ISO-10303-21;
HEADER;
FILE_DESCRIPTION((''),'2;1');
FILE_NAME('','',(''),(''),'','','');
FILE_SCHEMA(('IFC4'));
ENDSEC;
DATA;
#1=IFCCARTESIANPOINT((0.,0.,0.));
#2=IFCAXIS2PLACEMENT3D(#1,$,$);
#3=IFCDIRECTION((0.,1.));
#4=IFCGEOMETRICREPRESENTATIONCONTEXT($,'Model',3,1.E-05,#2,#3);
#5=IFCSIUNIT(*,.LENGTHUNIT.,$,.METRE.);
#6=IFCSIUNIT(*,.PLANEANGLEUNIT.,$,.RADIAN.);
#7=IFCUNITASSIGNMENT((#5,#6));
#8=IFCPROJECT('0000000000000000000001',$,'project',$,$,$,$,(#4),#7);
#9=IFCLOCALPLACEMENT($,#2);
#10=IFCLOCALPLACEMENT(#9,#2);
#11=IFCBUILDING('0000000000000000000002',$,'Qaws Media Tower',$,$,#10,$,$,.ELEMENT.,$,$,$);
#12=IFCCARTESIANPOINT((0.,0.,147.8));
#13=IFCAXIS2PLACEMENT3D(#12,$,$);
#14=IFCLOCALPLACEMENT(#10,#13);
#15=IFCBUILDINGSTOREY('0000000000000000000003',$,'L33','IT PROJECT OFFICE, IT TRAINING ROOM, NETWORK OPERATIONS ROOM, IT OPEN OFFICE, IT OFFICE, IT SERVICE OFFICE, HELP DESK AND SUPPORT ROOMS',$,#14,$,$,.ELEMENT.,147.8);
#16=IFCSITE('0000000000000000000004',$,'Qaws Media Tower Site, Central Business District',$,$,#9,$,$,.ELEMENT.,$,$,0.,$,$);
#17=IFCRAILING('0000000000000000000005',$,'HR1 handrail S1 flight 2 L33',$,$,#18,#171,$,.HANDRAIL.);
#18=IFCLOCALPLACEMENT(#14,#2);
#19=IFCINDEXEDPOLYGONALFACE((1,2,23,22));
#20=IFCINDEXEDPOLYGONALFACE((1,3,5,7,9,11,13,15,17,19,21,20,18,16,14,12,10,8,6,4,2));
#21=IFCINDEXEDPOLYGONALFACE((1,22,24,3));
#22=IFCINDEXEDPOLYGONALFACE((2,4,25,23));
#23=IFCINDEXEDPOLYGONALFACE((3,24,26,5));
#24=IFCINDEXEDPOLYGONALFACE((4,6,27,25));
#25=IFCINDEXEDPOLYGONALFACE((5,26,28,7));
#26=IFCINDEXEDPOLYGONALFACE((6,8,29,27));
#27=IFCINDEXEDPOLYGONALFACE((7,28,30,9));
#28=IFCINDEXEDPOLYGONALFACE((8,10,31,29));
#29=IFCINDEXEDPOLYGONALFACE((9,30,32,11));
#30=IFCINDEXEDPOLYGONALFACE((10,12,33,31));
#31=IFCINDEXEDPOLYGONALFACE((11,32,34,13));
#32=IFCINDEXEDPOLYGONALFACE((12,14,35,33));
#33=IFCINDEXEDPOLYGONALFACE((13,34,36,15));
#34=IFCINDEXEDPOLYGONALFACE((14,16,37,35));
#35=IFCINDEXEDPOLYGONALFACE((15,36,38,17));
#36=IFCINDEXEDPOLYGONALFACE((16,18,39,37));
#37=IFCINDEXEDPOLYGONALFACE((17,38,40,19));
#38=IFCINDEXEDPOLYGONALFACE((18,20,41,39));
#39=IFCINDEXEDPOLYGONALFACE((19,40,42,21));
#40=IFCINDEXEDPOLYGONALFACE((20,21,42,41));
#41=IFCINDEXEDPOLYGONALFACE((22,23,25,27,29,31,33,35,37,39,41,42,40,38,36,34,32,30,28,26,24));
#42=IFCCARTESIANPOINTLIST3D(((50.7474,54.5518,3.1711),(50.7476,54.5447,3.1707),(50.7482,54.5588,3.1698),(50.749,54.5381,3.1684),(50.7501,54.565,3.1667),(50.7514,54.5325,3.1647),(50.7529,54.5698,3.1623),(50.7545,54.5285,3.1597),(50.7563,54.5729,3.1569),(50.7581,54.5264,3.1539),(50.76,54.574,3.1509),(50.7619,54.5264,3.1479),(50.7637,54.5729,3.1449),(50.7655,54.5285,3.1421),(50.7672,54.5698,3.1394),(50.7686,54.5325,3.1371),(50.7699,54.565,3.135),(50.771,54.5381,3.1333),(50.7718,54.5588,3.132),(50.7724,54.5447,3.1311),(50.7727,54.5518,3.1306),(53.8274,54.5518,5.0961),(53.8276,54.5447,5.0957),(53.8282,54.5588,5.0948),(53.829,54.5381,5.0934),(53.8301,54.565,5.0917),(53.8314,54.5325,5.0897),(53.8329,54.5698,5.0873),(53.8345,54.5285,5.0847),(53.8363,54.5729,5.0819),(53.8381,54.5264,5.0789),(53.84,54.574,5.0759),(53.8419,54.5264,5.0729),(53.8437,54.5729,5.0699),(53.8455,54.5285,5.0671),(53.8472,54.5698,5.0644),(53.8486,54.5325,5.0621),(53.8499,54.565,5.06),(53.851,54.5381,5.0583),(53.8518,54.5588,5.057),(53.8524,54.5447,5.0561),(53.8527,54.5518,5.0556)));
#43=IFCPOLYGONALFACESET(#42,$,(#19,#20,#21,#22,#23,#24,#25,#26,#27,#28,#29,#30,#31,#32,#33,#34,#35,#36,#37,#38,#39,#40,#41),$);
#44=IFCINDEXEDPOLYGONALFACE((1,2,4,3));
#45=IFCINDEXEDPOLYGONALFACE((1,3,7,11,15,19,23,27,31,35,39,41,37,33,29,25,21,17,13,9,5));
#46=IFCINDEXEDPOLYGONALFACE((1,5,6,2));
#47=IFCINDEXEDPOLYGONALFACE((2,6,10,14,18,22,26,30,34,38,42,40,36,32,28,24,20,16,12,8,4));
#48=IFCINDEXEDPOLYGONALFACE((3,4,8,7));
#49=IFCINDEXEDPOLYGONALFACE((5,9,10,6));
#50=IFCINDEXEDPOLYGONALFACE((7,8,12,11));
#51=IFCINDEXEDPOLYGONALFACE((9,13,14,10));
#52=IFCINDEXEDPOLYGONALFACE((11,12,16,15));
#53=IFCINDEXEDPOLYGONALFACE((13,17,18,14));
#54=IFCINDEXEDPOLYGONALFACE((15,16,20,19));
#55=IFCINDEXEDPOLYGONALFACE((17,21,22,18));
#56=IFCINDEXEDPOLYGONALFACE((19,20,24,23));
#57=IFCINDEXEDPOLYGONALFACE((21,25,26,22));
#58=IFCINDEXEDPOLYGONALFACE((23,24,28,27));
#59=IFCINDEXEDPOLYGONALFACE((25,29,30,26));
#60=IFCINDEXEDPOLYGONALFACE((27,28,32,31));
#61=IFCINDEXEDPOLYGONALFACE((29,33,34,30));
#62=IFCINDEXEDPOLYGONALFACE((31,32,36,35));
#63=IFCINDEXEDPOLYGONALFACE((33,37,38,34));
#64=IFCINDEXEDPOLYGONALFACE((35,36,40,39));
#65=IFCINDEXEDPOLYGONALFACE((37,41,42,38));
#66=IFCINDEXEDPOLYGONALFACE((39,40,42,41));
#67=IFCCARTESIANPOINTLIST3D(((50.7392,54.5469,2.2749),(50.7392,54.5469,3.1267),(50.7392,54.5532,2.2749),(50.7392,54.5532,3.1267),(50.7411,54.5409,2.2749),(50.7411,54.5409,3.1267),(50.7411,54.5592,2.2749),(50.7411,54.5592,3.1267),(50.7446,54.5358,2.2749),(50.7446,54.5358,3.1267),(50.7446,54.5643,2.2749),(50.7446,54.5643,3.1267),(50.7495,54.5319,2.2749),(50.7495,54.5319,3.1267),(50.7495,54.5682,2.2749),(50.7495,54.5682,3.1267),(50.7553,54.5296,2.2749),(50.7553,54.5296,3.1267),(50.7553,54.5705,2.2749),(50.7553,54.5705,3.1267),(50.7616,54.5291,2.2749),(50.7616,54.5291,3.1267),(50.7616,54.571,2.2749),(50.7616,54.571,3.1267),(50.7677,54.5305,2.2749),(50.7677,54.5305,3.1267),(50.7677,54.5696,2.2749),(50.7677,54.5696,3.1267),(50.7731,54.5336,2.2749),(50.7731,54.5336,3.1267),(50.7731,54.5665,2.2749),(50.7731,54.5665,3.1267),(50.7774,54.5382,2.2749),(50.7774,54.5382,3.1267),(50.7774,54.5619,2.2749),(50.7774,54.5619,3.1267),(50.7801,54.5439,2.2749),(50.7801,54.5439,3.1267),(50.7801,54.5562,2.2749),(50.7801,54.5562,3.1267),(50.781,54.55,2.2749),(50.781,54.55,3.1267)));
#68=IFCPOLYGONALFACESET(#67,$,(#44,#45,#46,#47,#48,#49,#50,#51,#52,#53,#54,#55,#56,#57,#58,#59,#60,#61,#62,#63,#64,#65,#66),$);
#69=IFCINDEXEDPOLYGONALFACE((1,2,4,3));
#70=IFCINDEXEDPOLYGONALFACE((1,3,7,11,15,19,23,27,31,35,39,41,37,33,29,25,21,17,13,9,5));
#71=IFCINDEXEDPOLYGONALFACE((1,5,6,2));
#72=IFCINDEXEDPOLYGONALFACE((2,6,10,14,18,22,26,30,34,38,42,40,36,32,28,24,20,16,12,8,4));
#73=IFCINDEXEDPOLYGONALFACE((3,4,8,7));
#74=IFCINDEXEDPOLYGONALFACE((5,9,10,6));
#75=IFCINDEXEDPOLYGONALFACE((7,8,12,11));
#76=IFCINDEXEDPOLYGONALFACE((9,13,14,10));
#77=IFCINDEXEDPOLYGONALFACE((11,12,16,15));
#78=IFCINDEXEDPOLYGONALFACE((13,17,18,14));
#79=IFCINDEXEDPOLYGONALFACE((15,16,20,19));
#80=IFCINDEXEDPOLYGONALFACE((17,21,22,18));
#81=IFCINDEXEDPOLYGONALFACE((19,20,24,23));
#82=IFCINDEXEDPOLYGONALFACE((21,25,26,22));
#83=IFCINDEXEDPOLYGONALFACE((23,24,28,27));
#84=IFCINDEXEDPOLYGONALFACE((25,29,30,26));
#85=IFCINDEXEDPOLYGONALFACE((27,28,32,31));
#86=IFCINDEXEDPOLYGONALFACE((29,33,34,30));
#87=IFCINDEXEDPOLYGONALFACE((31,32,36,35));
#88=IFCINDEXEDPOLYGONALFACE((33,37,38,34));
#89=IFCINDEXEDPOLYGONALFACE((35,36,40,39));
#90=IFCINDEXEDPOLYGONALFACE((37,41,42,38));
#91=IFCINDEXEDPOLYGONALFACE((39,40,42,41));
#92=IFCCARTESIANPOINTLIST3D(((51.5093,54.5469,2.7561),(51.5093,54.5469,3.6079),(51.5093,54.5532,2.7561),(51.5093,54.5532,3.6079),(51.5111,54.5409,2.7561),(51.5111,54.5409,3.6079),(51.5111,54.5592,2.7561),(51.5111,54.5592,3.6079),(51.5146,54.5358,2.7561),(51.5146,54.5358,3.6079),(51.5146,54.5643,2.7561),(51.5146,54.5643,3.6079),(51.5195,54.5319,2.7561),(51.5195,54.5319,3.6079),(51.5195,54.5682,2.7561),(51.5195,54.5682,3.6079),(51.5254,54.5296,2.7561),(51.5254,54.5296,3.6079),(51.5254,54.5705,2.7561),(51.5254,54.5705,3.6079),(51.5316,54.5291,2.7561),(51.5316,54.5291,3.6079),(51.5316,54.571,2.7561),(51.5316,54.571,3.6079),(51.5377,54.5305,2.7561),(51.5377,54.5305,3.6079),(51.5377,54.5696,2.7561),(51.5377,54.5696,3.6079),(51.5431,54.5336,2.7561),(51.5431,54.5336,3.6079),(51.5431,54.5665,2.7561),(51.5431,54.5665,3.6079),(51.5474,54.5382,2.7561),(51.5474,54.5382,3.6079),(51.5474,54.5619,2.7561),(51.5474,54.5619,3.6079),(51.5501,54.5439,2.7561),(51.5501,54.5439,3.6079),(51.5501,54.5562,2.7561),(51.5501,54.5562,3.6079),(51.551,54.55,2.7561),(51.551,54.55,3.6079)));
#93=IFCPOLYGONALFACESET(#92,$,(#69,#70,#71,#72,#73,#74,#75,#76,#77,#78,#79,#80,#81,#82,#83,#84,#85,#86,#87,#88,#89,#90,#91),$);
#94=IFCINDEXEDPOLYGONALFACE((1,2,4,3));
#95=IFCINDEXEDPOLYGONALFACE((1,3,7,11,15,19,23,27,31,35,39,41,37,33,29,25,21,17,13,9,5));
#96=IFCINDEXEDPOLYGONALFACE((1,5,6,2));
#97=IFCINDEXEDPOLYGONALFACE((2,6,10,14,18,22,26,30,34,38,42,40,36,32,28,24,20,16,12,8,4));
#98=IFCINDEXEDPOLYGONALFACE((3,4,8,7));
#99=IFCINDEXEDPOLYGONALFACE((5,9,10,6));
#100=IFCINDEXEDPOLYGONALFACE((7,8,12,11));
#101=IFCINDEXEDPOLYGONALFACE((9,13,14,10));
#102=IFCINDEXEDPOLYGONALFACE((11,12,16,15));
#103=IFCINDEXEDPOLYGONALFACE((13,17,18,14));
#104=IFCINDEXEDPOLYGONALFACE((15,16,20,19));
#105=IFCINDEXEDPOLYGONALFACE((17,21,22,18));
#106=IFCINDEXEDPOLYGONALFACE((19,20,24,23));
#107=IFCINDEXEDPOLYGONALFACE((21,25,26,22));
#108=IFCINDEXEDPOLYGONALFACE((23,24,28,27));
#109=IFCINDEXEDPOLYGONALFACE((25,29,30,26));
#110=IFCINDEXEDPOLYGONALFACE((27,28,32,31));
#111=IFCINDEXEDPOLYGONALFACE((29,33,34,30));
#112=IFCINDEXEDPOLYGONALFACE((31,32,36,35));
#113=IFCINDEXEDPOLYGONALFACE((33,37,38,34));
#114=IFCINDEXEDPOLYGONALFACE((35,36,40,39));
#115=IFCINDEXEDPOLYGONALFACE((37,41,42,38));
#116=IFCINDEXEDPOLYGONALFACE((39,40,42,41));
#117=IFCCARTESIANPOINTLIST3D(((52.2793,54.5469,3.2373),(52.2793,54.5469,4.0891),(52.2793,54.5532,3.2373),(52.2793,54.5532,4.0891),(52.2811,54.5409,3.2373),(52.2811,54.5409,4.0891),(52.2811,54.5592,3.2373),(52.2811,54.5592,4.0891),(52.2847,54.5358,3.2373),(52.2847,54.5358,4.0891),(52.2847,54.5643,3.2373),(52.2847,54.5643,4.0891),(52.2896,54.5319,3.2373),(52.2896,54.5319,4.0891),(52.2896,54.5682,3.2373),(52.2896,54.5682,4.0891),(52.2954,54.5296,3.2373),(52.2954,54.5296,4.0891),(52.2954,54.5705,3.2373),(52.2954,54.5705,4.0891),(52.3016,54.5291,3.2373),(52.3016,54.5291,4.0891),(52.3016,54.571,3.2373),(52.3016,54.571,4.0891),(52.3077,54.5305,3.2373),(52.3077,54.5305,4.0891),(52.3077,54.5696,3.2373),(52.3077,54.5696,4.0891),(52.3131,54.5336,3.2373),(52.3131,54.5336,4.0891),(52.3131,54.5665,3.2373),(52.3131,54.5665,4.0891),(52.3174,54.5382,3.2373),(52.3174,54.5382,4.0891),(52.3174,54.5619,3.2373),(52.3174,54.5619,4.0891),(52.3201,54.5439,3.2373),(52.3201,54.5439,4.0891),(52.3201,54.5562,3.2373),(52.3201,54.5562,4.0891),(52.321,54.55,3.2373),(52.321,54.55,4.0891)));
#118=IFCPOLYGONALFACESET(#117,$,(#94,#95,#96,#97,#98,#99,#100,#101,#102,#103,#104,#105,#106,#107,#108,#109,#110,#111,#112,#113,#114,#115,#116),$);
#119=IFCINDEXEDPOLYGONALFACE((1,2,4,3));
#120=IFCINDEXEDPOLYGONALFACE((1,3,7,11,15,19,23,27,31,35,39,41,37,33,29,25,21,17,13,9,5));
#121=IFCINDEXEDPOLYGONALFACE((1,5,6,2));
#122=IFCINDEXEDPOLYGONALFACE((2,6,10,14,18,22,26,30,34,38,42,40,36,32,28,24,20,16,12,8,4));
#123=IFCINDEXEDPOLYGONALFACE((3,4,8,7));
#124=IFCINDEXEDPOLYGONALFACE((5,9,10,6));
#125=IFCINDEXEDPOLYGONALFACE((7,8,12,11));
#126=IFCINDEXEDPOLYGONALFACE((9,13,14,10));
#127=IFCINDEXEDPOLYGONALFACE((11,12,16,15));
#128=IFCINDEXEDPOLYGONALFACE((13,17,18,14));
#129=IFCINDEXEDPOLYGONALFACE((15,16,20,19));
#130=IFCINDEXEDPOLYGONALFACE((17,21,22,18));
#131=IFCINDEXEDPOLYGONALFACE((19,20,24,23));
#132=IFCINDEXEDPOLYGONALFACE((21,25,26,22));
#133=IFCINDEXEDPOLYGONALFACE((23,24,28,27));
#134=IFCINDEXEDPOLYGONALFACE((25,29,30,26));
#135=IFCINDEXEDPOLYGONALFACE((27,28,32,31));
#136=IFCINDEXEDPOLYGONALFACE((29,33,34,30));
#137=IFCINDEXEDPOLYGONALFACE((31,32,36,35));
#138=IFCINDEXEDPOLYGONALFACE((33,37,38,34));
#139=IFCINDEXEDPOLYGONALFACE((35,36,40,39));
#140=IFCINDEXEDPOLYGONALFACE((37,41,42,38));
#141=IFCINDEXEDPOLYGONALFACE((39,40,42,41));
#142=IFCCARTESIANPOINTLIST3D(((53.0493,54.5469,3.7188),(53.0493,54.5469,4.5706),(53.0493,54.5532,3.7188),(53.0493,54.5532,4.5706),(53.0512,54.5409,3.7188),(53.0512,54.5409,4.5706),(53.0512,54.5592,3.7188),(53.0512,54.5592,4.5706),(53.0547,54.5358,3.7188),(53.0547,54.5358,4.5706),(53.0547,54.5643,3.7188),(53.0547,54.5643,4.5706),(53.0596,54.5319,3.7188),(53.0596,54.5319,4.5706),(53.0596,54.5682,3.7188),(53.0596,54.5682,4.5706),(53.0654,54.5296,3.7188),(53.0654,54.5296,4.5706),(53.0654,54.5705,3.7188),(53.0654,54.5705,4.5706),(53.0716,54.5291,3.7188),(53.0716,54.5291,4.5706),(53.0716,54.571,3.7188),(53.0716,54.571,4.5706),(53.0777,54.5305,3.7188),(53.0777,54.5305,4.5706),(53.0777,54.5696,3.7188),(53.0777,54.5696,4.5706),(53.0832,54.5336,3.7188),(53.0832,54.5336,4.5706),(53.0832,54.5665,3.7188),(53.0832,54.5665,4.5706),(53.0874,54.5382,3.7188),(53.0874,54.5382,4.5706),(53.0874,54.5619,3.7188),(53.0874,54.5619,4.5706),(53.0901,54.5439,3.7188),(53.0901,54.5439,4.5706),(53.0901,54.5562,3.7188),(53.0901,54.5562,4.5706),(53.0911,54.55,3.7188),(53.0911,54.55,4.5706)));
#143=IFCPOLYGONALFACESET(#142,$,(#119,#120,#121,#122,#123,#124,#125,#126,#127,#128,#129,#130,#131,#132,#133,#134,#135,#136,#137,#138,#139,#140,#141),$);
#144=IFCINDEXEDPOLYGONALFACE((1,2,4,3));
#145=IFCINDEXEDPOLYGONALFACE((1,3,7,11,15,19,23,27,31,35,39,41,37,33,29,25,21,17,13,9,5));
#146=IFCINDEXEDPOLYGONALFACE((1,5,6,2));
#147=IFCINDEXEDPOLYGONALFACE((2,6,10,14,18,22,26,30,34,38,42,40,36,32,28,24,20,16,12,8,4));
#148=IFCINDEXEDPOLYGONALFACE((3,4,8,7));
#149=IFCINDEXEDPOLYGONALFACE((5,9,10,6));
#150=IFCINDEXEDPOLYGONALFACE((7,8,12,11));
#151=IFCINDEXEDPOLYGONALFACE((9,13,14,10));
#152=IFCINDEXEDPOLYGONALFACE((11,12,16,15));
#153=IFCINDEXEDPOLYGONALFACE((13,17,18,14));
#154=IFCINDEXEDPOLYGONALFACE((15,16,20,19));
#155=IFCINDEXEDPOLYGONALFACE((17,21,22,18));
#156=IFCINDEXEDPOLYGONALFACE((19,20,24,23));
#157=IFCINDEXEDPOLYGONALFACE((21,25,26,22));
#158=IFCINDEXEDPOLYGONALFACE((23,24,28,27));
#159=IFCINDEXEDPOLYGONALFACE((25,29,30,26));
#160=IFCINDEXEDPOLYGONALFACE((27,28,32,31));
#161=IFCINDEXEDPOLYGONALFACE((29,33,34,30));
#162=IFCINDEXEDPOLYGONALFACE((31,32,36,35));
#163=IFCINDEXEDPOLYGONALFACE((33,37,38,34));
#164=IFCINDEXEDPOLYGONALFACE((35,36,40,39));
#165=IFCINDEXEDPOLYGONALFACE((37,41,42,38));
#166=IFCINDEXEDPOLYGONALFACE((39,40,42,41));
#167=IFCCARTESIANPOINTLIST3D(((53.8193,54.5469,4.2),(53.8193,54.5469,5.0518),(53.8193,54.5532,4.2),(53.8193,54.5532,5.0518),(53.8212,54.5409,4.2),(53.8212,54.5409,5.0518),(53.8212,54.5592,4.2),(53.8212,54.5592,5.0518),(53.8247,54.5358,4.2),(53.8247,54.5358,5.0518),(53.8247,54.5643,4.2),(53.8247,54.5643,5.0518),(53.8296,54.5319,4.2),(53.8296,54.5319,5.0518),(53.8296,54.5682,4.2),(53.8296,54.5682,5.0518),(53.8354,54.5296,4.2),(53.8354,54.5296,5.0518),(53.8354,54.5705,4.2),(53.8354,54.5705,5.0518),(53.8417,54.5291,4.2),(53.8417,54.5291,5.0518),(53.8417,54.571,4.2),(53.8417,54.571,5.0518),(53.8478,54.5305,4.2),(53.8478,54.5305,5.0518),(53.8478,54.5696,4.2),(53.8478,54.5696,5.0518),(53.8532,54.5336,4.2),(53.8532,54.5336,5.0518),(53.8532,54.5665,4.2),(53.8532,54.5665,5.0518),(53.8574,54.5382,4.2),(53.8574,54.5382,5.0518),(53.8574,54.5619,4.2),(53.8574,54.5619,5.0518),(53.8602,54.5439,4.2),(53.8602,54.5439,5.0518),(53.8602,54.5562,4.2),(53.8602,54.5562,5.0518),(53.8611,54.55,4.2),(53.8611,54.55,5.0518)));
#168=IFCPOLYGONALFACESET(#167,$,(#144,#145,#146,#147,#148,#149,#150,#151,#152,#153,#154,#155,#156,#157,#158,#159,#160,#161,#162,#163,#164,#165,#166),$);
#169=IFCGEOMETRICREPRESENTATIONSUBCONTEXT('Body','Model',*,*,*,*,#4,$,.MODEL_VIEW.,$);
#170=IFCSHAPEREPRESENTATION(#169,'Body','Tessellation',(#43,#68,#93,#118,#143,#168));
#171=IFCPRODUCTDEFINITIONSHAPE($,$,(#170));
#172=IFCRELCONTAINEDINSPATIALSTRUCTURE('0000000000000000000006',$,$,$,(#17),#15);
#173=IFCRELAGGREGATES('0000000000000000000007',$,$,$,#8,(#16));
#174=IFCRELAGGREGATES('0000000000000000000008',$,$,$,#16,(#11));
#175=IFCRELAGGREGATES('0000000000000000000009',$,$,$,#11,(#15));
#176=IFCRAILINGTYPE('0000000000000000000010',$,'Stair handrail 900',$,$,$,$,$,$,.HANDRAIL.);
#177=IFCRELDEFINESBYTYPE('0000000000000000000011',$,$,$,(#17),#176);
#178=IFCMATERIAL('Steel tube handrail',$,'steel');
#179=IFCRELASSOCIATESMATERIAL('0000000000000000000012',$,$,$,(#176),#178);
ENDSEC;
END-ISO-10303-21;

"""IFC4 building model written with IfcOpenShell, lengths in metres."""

from ifc_helpers import new_model, si_unit, direction, frame, origin, origin_2d, place, context, subcontext, project, spatial, circle, extrude, material, type_object, element, save


model = new_model("IFC4")

# Units and contexts
model_context = context("Model", 3, precision=1e-05, world=origin(), true_north=direction((0.0, 1.0)))
body_context = subcontext(model_context, "Body", "Model", "MODEL_VIEW")
ifc_project = project(units=[si_unit("LENGTHUNIT", "METRE"), si_unit("PLANEANGLEUNIT", "RADIAN")], contexts=[model_context])

# Site, building, storey
site_placement = place(None, origin())
site = spatial("IfcSite", under=ifc_project, at=site_placement, Name="Qaws Media Tower Site, Central Business District", CompositionType="ELEMENT", RefElevation=0.0)
building_placement = place(site_placement, origin())
building = spatial("IfcBuilding", under=site, at=building_placement, Name="Qaws Media Tower", CompositionType="ELEMENT")
storey_placement = place(building_placement, frame((0.0, 0.0, 147.8)))
storey = spatial("IfcBuildingStorey", under=building, at=storey_placement, Name="L33", Description="IT PROJECT OFFICE, IT TRAINING ROOM, NETWORK OPERATIONS ROOM, IT OPEN OFFICE, IT OFFICE, IT SERVICE OFFICE, HELP DESK AND SUPPORT ROOMS", CompositionType="ELEMENT", Elevation=147.8)

# Railing
ifc_material_1 = material(Name="Steel tube handrail", Category="steel")
railing_type = type_object("IfcRailingType", Name="Stair handrail 900", PredefinedType="HANDRAIL", material=ifc_material_1)
for number, where, name in (
    (1, (50.76, 54.55, 2.2749), "HR1 handrail S1 flight 2 L33"),
):
    element("IfcRailing", number, at=place(storey_placement, frame(where)), inside=storey, type_object=railing_type, Name=name, PredefinedType="HANDRAIL", context=body_context, shape_type="SweptSolid", body=[
        extrude(circle(Radius=0.0239, at=origin_2d()), frame((0.0, 0.0, 0.876), z_axis=(0.847998, 0.0, 0.529999), x_axis=(0.0, 1.0, 0.0)), (0.0, 0.0, 1.0), 3.6321),
        extrude(circle(Radius=0.021, at=origin_2d()), origin(), (0.0, 0.0, 1.0), 0.8518),
        extrude(circle(Radius=0.021, at=origin_2d()), frame((0.77, 0.0, 0.4812)), (0.0, 0.0, 1.0), 0.8518),
        extrude(circle(Radius=0.021, at=origin_2d()), frame((1.54, 0.0, 0.9624)), (0.0, 0.0, 1.0), 0.8518),
        extrude(circle(Radius=0.021, at=origin_2d()), frame((2.3101, 0.0, 1.4438)), (0.0, 0.0, 1.0), 0.8518),
        extrude(circle(Radius=0.021, at=origin_2d()), frame((3.0801, 0.0, 1.925)), (0.0, 0.0, 1.0), 0.8518),
    ])

save(model, "model.ifc")
